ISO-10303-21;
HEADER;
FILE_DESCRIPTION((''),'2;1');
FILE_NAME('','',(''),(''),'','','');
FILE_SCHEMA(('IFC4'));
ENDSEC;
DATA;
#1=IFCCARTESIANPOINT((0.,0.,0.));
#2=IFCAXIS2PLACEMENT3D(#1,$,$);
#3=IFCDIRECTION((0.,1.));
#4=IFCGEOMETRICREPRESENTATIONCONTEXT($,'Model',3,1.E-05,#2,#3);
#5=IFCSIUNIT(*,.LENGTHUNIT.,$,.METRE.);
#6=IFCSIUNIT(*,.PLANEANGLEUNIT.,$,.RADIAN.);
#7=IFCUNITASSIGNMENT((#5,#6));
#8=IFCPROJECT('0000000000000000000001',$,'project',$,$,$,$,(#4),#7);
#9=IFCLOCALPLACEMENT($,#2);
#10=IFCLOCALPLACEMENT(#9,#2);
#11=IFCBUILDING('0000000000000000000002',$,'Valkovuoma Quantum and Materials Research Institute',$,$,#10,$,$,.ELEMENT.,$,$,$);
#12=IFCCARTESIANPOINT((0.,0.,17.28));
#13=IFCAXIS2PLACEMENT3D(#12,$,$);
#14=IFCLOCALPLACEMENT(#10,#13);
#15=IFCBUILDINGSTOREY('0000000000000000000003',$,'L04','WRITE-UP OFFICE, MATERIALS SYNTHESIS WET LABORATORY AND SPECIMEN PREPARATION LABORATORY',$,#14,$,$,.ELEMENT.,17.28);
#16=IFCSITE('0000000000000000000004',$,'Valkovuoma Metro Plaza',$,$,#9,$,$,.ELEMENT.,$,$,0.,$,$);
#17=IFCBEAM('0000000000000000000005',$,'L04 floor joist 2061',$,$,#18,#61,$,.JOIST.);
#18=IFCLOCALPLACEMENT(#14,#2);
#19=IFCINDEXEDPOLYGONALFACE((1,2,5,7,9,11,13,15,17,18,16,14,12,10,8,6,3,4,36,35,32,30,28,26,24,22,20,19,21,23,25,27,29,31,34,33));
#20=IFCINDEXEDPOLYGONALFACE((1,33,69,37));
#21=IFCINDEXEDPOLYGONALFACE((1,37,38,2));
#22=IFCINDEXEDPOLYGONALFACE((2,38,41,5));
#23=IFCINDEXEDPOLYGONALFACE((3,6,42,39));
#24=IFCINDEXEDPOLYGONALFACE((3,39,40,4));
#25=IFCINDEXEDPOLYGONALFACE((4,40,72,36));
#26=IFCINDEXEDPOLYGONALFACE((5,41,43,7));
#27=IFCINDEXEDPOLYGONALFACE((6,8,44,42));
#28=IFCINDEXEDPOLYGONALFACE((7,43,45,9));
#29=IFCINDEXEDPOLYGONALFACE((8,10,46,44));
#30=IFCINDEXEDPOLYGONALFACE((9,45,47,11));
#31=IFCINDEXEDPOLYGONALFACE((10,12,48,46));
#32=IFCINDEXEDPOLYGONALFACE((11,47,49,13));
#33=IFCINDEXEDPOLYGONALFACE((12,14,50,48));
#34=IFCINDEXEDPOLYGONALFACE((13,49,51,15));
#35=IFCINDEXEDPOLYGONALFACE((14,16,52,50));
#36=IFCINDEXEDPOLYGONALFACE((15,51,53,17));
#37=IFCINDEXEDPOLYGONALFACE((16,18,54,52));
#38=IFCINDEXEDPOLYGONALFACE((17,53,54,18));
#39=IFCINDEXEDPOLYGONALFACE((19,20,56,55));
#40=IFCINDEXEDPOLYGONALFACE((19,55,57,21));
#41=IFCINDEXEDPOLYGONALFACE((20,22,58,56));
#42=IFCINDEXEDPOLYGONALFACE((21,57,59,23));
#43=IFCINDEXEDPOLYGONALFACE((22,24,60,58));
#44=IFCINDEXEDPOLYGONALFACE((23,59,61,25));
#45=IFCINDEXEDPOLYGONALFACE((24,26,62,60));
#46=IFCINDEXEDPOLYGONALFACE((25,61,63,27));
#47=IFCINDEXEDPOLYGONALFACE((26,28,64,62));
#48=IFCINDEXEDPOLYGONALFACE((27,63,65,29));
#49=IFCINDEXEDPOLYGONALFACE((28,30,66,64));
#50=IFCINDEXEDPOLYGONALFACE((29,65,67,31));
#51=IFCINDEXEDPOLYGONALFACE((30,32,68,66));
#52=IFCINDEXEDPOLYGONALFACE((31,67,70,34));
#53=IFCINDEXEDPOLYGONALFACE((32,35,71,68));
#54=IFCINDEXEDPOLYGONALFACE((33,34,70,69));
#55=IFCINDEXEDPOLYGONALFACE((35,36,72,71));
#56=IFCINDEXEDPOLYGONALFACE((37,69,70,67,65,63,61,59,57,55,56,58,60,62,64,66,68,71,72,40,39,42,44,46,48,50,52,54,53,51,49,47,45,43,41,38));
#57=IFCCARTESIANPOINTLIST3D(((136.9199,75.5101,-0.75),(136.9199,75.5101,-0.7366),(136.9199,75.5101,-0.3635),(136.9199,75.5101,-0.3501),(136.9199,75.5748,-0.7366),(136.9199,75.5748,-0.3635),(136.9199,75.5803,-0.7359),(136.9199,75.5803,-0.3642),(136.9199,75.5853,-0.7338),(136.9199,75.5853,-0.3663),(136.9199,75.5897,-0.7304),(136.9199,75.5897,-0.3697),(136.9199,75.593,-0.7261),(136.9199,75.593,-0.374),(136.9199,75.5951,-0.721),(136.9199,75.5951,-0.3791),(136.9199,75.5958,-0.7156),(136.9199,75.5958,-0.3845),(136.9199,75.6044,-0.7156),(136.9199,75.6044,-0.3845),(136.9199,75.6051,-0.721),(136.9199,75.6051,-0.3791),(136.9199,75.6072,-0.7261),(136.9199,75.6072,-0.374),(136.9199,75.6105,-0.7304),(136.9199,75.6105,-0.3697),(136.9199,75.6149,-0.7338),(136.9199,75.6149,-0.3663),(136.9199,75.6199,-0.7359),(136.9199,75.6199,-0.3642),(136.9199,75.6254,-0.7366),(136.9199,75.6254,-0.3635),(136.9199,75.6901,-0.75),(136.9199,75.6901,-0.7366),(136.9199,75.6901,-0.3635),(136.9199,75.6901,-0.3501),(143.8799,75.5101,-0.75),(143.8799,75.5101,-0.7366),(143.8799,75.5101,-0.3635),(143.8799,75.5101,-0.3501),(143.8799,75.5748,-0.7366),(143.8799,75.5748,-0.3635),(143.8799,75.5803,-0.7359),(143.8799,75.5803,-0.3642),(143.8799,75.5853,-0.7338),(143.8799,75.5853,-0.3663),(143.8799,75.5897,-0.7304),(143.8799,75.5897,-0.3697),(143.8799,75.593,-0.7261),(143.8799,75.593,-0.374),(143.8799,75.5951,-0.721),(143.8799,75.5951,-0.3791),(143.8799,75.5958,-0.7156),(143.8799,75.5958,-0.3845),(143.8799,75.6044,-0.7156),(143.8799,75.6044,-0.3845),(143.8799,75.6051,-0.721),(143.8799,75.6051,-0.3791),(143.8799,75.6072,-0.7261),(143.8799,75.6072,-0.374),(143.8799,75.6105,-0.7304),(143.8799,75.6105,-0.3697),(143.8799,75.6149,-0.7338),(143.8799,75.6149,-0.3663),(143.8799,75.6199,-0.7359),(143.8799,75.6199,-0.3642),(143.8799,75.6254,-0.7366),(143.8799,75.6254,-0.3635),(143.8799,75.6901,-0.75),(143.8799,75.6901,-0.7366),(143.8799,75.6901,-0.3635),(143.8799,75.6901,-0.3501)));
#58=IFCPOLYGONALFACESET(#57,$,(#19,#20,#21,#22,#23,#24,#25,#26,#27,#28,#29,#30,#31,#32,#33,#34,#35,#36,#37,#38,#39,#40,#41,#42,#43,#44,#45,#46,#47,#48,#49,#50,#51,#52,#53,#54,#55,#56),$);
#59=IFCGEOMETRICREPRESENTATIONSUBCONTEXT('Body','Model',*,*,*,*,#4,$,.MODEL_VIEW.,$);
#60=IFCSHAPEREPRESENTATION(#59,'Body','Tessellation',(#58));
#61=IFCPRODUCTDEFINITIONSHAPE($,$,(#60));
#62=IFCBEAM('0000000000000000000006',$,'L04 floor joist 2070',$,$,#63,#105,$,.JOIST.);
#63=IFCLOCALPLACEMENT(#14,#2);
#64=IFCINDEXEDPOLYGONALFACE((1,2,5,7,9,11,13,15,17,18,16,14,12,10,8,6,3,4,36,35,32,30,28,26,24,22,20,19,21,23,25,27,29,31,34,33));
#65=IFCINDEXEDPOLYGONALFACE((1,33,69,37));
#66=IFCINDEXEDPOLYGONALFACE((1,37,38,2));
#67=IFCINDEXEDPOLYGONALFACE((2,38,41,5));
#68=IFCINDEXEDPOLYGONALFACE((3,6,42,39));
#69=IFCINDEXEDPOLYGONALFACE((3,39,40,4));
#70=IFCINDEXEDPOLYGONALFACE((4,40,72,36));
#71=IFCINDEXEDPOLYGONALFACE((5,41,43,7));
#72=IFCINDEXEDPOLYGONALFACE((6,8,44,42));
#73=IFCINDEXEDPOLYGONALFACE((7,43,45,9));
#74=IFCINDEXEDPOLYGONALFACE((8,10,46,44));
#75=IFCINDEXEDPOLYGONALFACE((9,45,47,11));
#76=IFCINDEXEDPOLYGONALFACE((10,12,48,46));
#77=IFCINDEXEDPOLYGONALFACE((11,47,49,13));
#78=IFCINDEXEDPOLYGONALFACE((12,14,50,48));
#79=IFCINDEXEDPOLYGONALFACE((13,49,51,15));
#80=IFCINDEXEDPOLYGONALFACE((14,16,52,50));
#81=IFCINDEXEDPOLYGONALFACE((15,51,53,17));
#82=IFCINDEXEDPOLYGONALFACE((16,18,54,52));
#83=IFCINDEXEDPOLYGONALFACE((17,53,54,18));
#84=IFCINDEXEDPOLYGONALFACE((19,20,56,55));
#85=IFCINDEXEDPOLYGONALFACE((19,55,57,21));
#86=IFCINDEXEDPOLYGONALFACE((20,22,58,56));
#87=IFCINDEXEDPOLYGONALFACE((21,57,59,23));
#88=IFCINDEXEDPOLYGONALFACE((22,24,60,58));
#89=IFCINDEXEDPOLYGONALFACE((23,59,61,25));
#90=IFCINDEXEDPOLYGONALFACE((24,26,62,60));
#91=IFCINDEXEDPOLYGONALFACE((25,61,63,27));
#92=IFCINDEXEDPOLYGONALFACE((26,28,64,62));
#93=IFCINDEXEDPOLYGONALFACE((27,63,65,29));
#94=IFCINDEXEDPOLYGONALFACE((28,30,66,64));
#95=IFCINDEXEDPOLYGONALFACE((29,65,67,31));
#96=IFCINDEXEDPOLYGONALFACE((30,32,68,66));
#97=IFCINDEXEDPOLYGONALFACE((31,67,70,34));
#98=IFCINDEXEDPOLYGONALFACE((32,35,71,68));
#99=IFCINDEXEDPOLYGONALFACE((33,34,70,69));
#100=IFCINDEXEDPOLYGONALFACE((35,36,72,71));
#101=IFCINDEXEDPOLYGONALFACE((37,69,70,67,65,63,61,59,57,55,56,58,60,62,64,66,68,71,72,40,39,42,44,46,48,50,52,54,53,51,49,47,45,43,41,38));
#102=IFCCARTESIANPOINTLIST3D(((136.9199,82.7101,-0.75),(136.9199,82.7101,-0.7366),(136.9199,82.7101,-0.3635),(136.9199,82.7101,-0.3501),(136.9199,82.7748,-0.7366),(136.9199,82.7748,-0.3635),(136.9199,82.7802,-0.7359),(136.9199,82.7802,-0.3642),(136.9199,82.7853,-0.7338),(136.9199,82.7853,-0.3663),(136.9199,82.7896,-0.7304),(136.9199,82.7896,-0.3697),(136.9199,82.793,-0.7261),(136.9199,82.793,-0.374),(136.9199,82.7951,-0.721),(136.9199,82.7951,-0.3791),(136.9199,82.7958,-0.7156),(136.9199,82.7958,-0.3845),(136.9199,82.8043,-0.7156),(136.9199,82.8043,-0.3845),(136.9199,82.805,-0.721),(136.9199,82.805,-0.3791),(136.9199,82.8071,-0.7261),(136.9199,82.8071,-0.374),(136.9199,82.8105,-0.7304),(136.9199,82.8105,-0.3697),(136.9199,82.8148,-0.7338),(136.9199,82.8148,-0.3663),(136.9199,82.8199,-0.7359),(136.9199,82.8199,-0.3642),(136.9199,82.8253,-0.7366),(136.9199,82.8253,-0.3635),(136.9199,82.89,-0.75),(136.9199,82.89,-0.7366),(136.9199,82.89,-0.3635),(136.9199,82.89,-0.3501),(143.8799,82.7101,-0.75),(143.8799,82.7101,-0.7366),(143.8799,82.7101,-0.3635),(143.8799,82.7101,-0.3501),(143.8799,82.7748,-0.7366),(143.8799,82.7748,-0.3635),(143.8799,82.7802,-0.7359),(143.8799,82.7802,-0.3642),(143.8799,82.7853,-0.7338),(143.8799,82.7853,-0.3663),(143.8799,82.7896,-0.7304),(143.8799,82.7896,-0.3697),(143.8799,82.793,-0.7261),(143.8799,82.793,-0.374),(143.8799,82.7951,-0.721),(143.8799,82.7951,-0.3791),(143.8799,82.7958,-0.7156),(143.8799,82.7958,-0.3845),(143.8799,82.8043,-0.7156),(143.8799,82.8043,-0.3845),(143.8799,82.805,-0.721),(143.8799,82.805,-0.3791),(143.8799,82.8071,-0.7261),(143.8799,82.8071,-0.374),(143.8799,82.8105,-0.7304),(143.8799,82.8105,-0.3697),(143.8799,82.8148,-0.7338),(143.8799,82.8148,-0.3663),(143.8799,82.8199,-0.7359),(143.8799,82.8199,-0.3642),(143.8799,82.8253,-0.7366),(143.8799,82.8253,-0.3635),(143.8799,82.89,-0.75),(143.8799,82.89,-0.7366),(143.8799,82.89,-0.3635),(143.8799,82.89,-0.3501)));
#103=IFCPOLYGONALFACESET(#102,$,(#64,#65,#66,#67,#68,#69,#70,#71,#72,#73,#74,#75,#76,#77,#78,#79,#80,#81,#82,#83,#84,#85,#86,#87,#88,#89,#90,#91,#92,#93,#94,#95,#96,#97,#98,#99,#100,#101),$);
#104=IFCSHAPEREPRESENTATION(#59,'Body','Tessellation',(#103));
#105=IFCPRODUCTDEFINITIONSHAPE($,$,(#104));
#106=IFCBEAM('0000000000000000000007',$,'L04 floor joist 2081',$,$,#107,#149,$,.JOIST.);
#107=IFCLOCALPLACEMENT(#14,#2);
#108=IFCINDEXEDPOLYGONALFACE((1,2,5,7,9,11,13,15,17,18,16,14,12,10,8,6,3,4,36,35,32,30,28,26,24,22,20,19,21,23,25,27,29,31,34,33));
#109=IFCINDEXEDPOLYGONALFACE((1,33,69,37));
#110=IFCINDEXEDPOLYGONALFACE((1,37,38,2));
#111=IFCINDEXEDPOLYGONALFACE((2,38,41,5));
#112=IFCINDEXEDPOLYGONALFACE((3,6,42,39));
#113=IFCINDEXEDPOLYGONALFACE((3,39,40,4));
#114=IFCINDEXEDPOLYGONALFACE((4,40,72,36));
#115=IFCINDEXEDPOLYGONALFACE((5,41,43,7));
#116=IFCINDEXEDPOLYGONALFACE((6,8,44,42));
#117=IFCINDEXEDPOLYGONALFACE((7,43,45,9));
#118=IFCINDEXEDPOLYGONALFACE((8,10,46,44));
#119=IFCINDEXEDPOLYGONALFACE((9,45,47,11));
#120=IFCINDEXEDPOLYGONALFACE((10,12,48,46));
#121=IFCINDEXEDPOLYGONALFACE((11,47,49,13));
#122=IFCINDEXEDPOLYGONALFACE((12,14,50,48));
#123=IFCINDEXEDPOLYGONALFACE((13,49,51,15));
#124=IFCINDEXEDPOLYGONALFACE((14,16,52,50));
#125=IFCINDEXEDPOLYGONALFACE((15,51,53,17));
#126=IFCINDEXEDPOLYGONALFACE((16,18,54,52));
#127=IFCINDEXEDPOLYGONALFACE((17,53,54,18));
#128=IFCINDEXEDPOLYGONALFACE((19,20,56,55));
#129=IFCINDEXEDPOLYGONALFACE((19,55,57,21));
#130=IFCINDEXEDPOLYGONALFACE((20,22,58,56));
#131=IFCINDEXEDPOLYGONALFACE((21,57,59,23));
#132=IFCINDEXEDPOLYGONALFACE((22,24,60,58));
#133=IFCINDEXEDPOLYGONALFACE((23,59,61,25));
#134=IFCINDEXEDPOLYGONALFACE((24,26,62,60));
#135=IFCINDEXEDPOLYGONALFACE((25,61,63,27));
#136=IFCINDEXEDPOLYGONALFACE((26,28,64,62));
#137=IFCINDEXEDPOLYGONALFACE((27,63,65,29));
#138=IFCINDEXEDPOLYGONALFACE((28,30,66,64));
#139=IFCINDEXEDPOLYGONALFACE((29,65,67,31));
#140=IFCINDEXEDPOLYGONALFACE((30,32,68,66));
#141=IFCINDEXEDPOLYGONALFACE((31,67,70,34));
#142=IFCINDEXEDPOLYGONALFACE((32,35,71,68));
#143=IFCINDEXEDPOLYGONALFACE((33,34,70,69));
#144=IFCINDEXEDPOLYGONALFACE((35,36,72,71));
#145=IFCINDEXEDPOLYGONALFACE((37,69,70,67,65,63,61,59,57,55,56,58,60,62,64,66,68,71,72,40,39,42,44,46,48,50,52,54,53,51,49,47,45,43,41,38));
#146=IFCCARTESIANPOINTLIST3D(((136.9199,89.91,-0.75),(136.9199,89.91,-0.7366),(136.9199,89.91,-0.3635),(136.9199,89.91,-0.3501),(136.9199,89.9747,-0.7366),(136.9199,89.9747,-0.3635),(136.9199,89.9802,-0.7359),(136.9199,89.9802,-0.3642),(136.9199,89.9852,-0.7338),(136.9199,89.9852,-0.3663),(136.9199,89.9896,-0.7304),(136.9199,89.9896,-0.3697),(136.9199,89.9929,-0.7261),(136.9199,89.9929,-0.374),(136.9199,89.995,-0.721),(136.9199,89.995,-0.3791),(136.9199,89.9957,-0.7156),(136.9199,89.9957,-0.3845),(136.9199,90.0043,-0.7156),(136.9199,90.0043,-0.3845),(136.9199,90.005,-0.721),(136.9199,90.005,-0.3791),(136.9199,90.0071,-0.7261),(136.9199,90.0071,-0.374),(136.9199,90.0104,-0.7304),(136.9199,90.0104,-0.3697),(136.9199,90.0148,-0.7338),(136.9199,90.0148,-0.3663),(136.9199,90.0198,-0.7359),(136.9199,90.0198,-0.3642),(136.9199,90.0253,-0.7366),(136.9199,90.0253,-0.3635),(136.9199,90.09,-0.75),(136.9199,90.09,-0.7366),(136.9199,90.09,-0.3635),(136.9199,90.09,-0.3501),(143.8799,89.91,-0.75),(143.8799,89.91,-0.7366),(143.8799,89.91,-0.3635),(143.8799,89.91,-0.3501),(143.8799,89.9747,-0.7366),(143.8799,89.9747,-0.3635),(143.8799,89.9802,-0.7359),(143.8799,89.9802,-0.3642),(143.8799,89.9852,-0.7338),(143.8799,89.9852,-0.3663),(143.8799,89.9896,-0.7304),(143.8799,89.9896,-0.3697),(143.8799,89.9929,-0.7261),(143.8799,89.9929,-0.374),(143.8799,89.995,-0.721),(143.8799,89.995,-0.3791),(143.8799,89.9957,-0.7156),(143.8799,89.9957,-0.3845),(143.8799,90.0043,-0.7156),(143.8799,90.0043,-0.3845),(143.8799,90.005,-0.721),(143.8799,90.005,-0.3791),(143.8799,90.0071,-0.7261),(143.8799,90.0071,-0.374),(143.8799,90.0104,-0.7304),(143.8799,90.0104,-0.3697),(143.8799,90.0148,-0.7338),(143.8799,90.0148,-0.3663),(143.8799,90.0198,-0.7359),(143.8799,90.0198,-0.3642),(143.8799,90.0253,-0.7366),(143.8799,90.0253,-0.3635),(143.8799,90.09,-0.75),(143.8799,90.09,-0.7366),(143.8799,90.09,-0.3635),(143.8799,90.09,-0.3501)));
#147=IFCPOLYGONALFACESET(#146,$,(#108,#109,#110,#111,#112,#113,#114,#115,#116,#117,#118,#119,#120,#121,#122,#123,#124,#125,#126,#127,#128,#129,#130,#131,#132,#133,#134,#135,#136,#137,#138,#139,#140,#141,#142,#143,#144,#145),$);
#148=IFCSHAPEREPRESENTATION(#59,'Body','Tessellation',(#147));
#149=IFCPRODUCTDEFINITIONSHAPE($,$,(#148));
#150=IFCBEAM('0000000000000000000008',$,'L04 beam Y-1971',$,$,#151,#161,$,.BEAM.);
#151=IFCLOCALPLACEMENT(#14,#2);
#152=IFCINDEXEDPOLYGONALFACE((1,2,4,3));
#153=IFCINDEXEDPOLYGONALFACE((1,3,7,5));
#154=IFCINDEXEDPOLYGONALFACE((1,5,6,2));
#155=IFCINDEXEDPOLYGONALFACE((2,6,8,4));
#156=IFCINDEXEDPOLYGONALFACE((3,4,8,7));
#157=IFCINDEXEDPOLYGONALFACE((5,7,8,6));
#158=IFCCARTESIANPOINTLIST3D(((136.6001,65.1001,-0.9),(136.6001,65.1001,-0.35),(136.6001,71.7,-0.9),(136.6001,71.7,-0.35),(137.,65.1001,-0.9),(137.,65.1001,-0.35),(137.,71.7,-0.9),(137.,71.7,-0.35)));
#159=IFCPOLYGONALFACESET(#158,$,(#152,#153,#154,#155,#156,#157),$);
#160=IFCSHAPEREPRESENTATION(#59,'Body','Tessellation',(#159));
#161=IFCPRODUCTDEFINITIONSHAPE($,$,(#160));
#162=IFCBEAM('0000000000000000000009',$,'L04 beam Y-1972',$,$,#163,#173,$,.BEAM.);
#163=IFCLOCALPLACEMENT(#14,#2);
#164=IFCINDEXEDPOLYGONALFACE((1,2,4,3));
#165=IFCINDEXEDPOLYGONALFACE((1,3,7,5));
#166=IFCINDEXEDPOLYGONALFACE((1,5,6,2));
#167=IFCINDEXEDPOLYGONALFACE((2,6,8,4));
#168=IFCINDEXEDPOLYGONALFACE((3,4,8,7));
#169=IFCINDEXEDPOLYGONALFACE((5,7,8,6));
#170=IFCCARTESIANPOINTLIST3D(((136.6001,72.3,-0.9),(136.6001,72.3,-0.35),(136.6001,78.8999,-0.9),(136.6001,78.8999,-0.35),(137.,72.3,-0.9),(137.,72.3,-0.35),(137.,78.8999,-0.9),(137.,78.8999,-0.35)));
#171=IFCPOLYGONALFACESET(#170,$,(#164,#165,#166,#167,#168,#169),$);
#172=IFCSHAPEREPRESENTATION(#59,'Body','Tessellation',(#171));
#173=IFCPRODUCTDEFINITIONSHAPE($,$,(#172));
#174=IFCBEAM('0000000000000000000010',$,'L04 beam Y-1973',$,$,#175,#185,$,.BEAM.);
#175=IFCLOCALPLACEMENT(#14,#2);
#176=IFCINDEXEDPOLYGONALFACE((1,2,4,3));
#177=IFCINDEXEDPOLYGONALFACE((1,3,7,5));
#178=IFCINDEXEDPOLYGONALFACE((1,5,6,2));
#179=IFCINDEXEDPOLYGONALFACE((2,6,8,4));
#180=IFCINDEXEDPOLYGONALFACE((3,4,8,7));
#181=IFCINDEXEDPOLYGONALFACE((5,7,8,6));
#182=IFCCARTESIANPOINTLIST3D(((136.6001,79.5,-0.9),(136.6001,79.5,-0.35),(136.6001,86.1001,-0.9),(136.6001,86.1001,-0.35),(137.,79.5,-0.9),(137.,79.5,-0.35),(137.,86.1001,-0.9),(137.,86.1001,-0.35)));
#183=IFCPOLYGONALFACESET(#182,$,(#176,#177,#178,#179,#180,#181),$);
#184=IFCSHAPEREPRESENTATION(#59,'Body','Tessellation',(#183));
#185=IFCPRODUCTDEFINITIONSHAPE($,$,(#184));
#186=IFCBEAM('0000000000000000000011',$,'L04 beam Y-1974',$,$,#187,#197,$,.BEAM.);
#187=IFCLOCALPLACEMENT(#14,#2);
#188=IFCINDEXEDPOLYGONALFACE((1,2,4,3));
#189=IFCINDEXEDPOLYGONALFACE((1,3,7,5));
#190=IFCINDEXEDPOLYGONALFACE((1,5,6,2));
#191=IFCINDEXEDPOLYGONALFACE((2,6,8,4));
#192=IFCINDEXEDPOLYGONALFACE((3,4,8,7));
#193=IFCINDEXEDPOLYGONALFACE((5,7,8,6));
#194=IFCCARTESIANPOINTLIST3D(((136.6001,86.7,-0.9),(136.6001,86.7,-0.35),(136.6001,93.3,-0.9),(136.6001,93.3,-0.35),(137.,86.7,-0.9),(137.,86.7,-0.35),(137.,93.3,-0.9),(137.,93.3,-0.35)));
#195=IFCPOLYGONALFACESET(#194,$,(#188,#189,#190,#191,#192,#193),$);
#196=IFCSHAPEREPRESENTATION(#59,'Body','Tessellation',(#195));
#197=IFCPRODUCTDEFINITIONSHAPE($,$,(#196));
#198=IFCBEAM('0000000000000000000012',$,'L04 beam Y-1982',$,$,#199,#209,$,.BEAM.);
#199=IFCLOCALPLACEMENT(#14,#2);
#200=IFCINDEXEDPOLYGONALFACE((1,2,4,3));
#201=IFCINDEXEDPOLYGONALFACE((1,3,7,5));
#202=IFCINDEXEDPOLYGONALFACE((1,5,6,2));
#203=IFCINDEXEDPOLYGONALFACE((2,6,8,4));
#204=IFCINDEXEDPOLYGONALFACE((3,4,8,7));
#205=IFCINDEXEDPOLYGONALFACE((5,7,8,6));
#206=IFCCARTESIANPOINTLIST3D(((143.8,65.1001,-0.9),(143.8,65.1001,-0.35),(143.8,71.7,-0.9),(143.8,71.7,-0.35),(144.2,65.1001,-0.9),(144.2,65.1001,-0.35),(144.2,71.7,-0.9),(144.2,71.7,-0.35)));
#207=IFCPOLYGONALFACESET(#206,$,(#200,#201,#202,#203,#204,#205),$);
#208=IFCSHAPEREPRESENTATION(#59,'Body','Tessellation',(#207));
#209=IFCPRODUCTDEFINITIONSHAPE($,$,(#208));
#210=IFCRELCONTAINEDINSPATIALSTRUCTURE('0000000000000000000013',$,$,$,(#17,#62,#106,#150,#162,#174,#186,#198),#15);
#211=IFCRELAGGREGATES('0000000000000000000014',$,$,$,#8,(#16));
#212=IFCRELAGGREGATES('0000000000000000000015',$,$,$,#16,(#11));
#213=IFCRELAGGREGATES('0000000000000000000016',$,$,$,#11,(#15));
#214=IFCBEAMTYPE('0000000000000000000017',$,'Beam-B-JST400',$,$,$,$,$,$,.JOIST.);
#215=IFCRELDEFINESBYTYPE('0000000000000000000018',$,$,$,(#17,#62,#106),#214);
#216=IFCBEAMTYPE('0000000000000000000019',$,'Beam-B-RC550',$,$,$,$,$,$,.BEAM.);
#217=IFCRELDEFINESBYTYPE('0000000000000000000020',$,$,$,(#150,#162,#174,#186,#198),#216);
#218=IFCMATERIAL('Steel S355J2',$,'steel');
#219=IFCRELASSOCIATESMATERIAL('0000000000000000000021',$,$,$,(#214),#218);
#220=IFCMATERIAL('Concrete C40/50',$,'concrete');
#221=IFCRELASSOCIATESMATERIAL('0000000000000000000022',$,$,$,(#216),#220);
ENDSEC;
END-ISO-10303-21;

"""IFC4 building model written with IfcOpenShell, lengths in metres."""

from ifc_helpers import new_model, si_unit, direction, frame, origin, origin_2d, place, context, subcontext, project, spatial, rectangle, i_section, extrude, material, material_profile, profile_set, type_object, element, save


model = new_model("IFC4")

# Units and contexts
model_context = context("Model", 3, precision=1e-05, world=origin(), true_north=direction((0.0, 1.0)))
body_context = subcontext(model_context, "Body", "Model", "MODEL_VIEW")
ifc_project = project(units=[si_unit("LENGTHUNIT", "METRE"), si_unit("PLANEANGLEUNIT", "RADIAN")], contexts=[model_context])

# Site, building, storey
site_placement = place(None, origin())
site = spatial("IfcSite", under=ifc_project, at=site_placement, Name="Valkovuoma Metro Plaza", CompositionType="ELEMENT", RefElevation=0.0)
building_placement = place(site_placement, origin())
building = spatial("IfcBuilding", under=site, at=building_placement, Name="Valkovuoma Quantum and Materials Research Institute", CompositionType="ELEMENT")
storey_placement = place(building_placement, frame((0.0, 0.0, 17.28)))
storey = spatial("IfcBuildingStorey", under=building, at=storey_placement, Name="L04", Description="WRITE-UP OFFICE, MATERIALS SYNTHESIS WET LABORATORY AND SPECIMEN PREPARATION LABORATORY", CompositionType="ELEMENT", Elevation=17.28)

# Beams
ifc_material_1 = material(Name="Steel S355J2", Category="steel")
ifc_material_profile_1 = material_profile(ifc_material_1, i_section(OverallWidth=0.1799, OverallDepth=0.3999, WebThickness=0.0085, FlangeThickness=0.0134, FilletRadius=0.021, at=origin_2d()), Name="Steel S355J2")
ifc_profile_set_1 = profile_set([ifc_material_profile_1], Name="Steel S355J2")
beam_type_1 = type_object("IfcBeamType", Name="Beam-B-JST400", PredefinedType="JOIST", material=ifc_profile_set_1)
for number, where, z_axis, x_axis, name in (
    (1, (136.9199, 75.6001, -0.55), (1.0, 0.0, 0.0), (0.0, 1.0, 0.0), "L04 floor joist 2061"),
    (2, (136.9199, 82.8, -0.55), (1.0, 0.0, 0.0), (0.0, 1.0, 0.0), "L04 floor joist 2070"),
    (3, (136.9199, 90.0, -0.55), (1.0, 0.0, 0.0), (0.0, 1.0, 0.0), "L04 floor joist 2081"),
):
    element("IfcBeam", number, at=place(storey_placement, frame(where, z_axis=z_axis, x_axis=x_axis)), inside=storey, type_object=beam_type_1, Name=name, PredefinedType="JOIST", context=body_context, shape_type="SweptSolid", body=[
        extrude(i_section(OverallWidth=0.1799, OverallDepth=0.3999, WebThickness=0.0085, FlangeThickness=0.0134, FilletRadius=0.021, at=origin_2d()), origin(), (0.0, 0.0, 1.0), 6.96),
    ])
ifc_material_2 = material(Name="Concrete C40/50", Category="concrete")
ifc_material_profile_2 = material_profile(ifc_material_2, rectangle(XDim=0.3999, YDim=0.55, at=origin_2d()), Name="Concrete C40/50")
ifc_profile_set_2 = profile_set([ifc_material_profile_2], Name="Concrete C40/50")
beam_type_2 = type_object("IfcBeamType", Name="Beam-B-RC550", PredefinedType="BEAM", material=ifc_profile_set_2)
for number, where, z_axis, x_axis, name in (
    (4, (136.8, 65.1001, -0.625), (0.0, 1.0, 0.0), (-1.0, 0.0, 0.0), "L04 beam Y-1971"),
    (5, (136.8, 72.3, -0.625), (0.0, 1.0, 0.0), (-1.0, 0.0, 0.0), "L04 beam Y-1972"),
):
    element("IfcBeam", number, at=place(storey_placement, frame(where, z_axis=z_axis, x_axis=x_axis)), inside=storey, type_object=beam_type_2, Name=name, PredefinedType="BEAM", context=body_context, shape_type="SweptSolid", body=[
        extrude(rectangle(XDim=0.3999, YDim=0.55, at=origin_2d()), origin(), (0.0, 0.0, 1.0), 6.5999),
    ])
for number, where, z_axis, x_axis, name in (
    (6, (136.8, 79.5, -0.625), (0.0, 1.0, 0.0), (-1.0, 0.0, 0.0), "L04 beam Y-1973"),
    (7, (136.8, 86.7, -0.625), (0.0, 1.0, 0.0), (-1.0, 0.0, 0.0), "L04 beam Y-1974"),
):
    element("IfcBeam", number, at=place(storey_placement, frame(where, z_axis=z_axis, x_axis=x_axis)), inside=storey, type_object=beam_type_2, Name=name, PredefinedType="BEAM", context=body_context, shape_type="SweptSolid", body=[
        extrude(rectangle(XDim=0.3999, YDim=0.55, at=origin_2d()), origin(), (0.0, 0.0, 1.0), 6.6001),
    ])
for number, where, z_axis, x_axis, name in (
    (8, (144.0, 65.1001, -0.625), (0.0, 1.0, 0.0), (-1.0, 0.0, 0.0), "L04 beam Y-1982"),
):
    element("IfcBeam", number, at=place(storey_placement, frame(where, z_axis=z_axis, x_axis=x_axis)), inside=storey, type_object=beam_type_2, Name=name, PredefinedType="BEAM", context=body_context, shape_type="SweptSolid", body=[
        extrude(rectangle(XDim=0.3999, YDim=0.55, at=origin_2d()), origin(), (0.0, 0.0, 1.0), 6.5999),
    ])

save(model, "model.ifc")
